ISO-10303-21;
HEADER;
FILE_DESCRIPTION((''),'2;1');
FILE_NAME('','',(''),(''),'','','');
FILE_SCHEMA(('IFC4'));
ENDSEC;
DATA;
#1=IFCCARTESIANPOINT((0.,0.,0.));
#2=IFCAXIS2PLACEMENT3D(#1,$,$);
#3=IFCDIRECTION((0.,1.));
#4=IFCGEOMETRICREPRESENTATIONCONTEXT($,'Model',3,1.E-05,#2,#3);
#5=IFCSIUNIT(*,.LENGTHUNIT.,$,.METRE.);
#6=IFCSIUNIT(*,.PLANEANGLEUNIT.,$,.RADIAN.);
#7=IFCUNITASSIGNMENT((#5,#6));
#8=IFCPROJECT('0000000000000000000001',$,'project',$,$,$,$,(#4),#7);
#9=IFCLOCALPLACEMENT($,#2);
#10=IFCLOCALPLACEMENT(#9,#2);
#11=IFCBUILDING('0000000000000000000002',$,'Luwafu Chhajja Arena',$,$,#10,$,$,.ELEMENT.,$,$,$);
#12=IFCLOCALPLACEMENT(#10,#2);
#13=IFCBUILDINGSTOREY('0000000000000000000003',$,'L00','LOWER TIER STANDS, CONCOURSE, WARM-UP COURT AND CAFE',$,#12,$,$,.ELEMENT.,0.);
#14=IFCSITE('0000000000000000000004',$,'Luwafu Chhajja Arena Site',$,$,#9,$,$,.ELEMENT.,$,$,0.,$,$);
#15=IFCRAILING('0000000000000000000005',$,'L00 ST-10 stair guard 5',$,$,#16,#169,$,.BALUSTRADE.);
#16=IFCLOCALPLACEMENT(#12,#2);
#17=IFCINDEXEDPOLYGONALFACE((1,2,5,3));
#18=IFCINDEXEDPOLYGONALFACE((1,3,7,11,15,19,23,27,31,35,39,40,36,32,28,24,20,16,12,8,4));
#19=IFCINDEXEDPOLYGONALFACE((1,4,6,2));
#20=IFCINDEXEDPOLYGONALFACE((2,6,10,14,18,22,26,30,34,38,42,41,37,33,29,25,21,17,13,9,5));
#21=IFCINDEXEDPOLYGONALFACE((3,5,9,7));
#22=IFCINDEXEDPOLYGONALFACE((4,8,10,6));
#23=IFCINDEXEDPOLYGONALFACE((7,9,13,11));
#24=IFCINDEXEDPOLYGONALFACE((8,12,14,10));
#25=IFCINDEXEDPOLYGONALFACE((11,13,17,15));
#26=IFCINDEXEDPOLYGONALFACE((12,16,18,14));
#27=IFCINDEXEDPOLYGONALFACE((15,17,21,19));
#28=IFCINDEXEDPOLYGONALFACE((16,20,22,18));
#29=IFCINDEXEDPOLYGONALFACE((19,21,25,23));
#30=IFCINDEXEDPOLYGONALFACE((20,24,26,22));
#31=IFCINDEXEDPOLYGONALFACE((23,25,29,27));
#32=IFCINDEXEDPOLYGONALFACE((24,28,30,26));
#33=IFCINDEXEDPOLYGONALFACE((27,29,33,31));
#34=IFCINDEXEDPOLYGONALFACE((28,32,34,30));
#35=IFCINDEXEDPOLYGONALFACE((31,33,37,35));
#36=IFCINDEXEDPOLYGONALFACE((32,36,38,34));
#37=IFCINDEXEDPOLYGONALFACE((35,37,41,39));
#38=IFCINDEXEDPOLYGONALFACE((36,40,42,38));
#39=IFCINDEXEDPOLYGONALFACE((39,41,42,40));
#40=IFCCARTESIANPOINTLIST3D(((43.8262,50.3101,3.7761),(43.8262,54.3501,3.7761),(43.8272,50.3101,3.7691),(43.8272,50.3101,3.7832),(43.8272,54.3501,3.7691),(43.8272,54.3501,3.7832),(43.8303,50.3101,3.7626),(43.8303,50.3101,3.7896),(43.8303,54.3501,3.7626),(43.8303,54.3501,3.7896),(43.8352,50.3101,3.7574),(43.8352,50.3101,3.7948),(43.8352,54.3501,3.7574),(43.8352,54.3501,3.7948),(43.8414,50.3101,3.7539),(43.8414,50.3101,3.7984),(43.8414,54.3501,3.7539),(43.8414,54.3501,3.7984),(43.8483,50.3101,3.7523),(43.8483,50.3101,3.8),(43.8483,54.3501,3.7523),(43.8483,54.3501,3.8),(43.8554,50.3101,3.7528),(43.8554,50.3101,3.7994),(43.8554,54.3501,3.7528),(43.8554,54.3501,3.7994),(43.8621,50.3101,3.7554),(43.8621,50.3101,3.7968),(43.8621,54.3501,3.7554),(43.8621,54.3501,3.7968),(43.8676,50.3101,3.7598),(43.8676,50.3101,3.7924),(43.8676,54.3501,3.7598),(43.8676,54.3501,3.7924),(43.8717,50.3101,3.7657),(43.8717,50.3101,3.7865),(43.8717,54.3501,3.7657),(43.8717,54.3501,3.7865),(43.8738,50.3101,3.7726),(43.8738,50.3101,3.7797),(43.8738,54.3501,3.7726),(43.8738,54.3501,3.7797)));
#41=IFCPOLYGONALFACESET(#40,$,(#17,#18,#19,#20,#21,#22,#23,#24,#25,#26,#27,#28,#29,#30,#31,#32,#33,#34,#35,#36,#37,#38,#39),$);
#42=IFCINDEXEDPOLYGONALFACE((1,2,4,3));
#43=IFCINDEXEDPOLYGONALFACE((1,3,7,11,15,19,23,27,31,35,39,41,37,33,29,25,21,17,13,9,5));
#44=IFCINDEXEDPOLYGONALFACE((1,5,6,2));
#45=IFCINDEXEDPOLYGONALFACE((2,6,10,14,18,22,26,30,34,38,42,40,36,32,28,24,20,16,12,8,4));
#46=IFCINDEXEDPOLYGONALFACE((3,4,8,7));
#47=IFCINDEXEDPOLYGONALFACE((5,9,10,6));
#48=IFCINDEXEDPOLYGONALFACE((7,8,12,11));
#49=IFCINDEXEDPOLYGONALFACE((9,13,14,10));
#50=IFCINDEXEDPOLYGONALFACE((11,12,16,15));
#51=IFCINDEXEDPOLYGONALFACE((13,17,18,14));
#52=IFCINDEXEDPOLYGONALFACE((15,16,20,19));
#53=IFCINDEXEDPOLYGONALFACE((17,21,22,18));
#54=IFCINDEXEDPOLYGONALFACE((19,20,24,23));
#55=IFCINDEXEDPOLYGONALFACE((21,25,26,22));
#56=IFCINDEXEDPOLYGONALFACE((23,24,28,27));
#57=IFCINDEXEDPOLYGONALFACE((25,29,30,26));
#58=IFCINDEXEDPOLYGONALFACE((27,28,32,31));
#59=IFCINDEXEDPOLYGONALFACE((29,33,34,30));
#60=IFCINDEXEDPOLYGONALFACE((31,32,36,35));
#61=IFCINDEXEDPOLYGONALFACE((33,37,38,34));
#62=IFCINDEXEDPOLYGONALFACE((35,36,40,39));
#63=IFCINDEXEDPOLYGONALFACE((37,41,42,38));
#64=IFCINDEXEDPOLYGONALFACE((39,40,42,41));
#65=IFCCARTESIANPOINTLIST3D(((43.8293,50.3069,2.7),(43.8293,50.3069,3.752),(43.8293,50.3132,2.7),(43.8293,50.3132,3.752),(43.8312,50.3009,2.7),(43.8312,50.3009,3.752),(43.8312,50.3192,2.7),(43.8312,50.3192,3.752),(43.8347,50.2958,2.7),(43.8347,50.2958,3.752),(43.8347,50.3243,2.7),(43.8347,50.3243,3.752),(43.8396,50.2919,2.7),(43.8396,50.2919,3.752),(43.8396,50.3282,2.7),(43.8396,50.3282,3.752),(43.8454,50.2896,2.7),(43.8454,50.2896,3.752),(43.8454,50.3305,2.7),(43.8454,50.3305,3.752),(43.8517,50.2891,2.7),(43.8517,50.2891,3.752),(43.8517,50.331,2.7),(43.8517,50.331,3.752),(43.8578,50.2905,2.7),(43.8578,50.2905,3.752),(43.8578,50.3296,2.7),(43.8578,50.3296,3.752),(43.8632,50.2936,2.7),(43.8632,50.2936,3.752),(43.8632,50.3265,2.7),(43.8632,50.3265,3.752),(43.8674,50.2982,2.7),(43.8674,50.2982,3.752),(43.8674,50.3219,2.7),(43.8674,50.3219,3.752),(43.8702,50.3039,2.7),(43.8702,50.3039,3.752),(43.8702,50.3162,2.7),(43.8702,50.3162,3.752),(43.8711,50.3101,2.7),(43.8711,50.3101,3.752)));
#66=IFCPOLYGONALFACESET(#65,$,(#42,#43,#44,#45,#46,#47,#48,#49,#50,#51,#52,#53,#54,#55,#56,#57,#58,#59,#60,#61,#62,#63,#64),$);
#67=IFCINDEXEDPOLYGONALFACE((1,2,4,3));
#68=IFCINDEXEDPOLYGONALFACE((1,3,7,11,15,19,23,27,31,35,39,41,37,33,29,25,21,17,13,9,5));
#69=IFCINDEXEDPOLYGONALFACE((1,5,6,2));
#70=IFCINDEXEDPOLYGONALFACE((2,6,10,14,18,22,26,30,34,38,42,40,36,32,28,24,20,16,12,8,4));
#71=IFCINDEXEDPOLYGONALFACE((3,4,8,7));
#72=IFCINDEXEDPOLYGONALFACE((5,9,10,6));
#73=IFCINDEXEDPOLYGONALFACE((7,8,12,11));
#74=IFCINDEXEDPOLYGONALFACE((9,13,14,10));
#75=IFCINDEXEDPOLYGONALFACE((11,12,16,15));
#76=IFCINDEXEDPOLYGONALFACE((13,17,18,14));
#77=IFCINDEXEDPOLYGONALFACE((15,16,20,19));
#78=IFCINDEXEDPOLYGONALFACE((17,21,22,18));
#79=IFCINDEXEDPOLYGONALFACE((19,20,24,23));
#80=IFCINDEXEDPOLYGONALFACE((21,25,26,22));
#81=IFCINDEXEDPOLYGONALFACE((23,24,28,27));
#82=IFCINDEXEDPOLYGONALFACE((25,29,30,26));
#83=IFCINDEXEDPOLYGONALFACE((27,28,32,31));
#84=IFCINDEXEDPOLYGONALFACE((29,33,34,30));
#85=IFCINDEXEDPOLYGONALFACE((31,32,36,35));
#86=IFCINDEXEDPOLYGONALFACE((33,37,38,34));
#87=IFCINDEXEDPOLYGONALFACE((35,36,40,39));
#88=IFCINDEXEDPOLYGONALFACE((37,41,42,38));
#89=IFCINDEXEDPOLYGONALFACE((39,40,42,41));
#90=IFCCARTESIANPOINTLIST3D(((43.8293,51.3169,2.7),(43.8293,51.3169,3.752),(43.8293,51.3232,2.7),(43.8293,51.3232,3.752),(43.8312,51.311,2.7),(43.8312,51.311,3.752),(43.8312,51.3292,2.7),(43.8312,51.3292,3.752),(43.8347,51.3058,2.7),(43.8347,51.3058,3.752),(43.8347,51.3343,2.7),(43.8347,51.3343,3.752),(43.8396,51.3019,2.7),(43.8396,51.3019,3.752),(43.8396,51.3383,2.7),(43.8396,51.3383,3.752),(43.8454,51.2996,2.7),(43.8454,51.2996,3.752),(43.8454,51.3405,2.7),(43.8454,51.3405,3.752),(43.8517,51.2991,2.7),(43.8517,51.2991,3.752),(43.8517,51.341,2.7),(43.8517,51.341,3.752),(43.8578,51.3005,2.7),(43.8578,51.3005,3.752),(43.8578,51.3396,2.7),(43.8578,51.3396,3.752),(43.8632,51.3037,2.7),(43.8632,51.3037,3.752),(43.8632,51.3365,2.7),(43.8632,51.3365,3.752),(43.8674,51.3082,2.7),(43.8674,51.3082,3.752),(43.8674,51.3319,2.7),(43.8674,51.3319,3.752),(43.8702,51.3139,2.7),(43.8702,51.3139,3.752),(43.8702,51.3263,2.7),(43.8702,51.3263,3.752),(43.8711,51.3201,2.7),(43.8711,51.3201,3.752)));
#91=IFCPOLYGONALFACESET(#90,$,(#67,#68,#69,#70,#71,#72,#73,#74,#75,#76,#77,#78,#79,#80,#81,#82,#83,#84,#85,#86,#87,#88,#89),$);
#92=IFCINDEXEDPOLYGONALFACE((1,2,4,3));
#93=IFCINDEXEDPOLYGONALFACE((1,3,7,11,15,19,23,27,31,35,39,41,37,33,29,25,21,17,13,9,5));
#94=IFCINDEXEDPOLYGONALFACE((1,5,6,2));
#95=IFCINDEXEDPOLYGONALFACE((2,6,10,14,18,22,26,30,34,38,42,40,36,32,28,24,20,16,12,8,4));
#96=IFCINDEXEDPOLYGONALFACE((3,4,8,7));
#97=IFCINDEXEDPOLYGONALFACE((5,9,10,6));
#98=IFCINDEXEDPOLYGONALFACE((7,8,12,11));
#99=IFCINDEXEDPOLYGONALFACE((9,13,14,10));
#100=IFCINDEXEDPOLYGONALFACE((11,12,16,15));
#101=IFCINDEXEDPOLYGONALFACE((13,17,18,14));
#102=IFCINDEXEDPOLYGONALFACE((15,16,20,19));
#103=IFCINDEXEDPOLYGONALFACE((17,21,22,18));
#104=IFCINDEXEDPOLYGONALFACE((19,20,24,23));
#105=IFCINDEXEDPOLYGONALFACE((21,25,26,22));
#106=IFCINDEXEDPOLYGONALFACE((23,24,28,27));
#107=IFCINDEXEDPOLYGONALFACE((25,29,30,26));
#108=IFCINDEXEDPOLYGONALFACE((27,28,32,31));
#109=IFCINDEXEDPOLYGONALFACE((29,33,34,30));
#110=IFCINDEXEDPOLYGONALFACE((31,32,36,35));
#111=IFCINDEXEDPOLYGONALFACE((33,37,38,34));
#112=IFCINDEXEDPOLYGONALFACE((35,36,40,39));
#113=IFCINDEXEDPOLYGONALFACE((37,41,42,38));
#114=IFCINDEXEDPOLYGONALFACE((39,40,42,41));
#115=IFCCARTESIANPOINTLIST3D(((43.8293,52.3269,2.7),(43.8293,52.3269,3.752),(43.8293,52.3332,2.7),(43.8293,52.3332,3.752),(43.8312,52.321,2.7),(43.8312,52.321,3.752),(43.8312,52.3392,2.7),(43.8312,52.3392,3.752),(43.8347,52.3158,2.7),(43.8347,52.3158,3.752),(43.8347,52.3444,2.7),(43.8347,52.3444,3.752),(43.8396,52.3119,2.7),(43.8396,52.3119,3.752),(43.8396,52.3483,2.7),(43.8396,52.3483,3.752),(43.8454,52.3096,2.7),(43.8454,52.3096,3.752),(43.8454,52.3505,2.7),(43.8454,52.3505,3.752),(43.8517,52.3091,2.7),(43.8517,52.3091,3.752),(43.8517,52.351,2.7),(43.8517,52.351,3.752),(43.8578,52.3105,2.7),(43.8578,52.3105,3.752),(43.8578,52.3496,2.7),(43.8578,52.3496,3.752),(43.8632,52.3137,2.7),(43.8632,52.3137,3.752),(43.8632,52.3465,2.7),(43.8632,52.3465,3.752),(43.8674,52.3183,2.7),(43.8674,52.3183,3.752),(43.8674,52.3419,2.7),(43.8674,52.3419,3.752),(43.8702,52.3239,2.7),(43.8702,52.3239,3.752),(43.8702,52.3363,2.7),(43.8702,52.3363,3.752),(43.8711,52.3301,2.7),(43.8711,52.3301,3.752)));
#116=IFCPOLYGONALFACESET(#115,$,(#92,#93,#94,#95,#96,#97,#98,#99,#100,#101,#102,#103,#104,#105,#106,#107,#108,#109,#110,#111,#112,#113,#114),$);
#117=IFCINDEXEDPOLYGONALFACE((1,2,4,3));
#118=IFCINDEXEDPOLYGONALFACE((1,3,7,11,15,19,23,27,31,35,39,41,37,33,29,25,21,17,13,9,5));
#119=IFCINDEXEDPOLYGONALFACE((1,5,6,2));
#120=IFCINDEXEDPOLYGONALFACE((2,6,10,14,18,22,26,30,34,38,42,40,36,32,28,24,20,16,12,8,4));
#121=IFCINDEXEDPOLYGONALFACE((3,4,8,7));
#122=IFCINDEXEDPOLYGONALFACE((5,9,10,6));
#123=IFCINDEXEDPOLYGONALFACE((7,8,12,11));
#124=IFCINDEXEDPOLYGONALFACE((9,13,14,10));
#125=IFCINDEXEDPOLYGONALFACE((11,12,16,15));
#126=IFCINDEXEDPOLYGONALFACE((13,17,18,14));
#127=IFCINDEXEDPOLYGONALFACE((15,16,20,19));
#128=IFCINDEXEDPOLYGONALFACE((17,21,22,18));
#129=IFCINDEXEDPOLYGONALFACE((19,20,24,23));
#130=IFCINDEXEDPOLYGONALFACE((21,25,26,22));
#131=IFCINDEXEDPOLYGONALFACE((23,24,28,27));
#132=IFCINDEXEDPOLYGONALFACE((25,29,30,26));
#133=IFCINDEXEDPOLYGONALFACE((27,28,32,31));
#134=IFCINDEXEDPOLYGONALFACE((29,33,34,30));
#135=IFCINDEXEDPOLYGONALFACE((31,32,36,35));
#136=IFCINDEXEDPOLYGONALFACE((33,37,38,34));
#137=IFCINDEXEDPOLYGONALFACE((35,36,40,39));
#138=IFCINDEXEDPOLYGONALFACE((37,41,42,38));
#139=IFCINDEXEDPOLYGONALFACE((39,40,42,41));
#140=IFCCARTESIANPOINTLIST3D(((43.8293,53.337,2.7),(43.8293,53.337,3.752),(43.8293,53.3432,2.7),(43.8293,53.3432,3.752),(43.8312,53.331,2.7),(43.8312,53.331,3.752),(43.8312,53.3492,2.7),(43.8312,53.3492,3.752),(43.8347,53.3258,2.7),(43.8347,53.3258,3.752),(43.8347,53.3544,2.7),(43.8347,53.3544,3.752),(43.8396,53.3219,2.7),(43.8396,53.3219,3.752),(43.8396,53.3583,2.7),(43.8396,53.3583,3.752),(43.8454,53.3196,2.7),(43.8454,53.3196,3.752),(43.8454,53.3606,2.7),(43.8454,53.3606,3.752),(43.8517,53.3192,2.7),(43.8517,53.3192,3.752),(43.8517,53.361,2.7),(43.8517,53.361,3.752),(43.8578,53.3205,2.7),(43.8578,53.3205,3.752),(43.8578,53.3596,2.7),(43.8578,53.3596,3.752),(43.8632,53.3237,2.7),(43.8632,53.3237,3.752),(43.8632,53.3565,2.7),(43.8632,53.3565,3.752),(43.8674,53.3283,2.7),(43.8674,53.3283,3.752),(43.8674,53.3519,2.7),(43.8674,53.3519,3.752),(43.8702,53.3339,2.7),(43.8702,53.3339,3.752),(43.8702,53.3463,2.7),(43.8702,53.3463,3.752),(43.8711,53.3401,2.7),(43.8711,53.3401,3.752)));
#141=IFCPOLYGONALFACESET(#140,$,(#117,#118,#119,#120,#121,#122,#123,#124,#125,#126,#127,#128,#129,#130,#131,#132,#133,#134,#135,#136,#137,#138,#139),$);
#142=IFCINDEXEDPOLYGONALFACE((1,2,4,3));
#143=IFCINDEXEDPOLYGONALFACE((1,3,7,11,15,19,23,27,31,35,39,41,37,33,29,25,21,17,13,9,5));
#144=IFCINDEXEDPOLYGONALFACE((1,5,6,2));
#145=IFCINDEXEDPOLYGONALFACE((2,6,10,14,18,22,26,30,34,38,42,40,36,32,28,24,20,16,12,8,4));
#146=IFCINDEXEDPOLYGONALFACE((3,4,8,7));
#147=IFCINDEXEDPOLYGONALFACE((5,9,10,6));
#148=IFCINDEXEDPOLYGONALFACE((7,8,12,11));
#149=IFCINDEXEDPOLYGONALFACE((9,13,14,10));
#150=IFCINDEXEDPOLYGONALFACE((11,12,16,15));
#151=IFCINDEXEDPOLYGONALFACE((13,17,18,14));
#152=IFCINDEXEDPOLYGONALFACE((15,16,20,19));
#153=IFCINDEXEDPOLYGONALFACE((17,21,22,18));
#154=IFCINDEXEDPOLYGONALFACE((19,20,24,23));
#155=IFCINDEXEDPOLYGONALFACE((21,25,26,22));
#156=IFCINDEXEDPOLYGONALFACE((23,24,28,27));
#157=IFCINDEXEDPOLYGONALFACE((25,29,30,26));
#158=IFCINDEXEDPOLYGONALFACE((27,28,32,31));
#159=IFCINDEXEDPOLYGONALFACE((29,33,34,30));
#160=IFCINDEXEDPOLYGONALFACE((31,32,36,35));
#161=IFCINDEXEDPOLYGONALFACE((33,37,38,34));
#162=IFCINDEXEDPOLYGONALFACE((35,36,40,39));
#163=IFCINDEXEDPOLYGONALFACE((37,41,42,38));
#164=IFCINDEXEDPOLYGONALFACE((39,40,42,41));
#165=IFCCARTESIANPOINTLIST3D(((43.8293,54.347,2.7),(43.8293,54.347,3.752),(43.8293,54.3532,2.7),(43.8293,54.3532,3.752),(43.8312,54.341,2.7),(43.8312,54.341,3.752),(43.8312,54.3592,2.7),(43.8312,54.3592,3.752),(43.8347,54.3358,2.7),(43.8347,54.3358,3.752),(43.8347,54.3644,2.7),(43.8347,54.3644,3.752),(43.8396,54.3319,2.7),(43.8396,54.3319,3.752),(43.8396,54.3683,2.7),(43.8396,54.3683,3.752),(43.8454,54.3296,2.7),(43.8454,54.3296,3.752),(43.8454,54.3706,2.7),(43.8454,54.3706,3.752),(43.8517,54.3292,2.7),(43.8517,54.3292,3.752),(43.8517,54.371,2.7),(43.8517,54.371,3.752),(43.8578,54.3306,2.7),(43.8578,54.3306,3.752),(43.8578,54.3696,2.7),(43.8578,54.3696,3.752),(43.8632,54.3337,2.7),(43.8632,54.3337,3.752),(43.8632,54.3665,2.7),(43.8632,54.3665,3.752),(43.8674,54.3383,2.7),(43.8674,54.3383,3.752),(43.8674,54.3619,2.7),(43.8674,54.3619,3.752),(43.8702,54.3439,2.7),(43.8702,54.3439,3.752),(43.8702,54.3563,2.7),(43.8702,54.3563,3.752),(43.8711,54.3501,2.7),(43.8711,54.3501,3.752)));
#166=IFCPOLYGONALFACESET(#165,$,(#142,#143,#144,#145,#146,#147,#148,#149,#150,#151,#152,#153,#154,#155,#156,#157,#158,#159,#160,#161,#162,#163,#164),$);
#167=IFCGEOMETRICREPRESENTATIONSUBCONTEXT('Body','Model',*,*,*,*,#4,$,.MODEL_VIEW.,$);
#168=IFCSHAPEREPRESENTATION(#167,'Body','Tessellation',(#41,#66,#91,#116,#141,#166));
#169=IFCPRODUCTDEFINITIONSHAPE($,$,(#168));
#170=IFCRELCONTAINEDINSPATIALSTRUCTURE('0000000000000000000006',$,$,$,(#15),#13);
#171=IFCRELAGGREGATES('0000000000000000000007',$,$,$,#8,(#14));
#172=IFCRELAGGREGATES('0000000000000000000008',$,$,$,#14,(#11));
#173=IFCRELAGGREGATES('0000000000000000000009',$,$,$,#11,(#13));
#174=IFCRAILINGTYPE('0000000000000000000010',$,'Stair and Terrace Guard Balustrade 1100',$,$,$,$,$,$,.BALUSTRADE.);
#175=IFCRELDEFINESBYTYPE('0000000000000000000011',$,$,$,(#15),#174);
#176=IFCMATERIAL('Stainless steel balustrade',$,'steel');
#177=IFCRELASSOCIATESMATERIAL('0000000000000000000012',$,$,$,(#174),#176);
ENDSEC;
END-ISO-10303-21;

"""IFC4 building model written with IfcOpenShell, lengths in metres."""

from ifc_helpers import new_model, si_unit, direction, frame, origin, origin_2d, place, context, subcontext, project, spatial, circle, extrude, material, type_object, element, save


model = new_model("IFC4")

# Units and contexts
model_context = context("Model", 3, precision=1e-05, world=origin(), true_north=direction((0.0, 1.0)))
body_context = subcontext(model_context, "Body", "Model", "MODEL_VIEW")
ifc_project = project(units=[si_unit("LENGTHUNIT", "METRE"), si_unit("PLANEANGLEUNIT", "RADIAN")], contexts=[model_context])

# Site, building, storey
site_placement = place(None, origin())
site = spatial("IfcSite", under=ifc_project, at=site_placement, Name="Luwafu Chhajja Arena Site", CompositionType="ELEMENT", RefElevation=0.0)
building_placement = place(site_placement, origin())
building = spatial("IfcBuilding", under=site, at=building_placement, Name="Luwafu Chhajja Arena", CompositionType="ELEMENT")
storey_placement = place(building_placement, origin())
storey = spatial("IfcBuildingStorey", under=building, at=storey_placement, Name="L00", Description="LOWER TIER STANDS, CONCOURSE, WARM-UP COURT AND CAFE", CompositionType="ELEMENT", Elevation=0.0)

# Railing
ifc_material_1 = material(Name="Stainless steel balustrade", Category="steel")
railing_type_1 = type_object("IfcRailingType", Name="Stair and Terrace Guard Balustrade 1100", PredefinedType="BALUSTRADE", material=ifc_material_1)
railing_1_placement = place(storey_placement, frame((43.8501, 50.3101, 2.7)))
element("IfcRailing", 1, at=railing_1_placement, inside=storey, type_object=railing_type_1, Name="L00 ST-10 stair guard 5", PredefinedType="BALUSTRADE", context=body_context, shape_type="SweptSolid", body=[
    extrude(circle(Radius=0.0239, at=origin_2d()), frame((0.0, 0.0, 1.0762), z_axis=(0.0, 1.0, 0.0), x_axis=(-1.0, 0.0, 0.0)), (0.0, 0.0, 1.0), 4.04),
    extrude(circle(Radius=0.021, at=origin_2d()), origin(), (0.0, 0.0, 1.0), 1.052),
    extrude(circle(Radius=0.021, at=origin_2d()), frame((0.0, 1.01, 0.0)), (0.0, 0.0, 1.0), 1.052),
    extrude(circle(Radius=0.021, at=origin_2d()), frame((0.0, 2.02, 0.0)), (0.0, 0.0, 1.0), 1.052),
    extrude(circle(Radius=0.021, at=origin_2d()), frame((0.0, 3.03, 0.0)), (0.0, 0.0, 1.0), 1.052),
    extrude(circle(Radius=0.021, at=origin_2d()), frame((0.0, 4.04, 0.0)), (0.0, 0.0, 1.0), 1.052),
])

save(model, "model.ifc")
